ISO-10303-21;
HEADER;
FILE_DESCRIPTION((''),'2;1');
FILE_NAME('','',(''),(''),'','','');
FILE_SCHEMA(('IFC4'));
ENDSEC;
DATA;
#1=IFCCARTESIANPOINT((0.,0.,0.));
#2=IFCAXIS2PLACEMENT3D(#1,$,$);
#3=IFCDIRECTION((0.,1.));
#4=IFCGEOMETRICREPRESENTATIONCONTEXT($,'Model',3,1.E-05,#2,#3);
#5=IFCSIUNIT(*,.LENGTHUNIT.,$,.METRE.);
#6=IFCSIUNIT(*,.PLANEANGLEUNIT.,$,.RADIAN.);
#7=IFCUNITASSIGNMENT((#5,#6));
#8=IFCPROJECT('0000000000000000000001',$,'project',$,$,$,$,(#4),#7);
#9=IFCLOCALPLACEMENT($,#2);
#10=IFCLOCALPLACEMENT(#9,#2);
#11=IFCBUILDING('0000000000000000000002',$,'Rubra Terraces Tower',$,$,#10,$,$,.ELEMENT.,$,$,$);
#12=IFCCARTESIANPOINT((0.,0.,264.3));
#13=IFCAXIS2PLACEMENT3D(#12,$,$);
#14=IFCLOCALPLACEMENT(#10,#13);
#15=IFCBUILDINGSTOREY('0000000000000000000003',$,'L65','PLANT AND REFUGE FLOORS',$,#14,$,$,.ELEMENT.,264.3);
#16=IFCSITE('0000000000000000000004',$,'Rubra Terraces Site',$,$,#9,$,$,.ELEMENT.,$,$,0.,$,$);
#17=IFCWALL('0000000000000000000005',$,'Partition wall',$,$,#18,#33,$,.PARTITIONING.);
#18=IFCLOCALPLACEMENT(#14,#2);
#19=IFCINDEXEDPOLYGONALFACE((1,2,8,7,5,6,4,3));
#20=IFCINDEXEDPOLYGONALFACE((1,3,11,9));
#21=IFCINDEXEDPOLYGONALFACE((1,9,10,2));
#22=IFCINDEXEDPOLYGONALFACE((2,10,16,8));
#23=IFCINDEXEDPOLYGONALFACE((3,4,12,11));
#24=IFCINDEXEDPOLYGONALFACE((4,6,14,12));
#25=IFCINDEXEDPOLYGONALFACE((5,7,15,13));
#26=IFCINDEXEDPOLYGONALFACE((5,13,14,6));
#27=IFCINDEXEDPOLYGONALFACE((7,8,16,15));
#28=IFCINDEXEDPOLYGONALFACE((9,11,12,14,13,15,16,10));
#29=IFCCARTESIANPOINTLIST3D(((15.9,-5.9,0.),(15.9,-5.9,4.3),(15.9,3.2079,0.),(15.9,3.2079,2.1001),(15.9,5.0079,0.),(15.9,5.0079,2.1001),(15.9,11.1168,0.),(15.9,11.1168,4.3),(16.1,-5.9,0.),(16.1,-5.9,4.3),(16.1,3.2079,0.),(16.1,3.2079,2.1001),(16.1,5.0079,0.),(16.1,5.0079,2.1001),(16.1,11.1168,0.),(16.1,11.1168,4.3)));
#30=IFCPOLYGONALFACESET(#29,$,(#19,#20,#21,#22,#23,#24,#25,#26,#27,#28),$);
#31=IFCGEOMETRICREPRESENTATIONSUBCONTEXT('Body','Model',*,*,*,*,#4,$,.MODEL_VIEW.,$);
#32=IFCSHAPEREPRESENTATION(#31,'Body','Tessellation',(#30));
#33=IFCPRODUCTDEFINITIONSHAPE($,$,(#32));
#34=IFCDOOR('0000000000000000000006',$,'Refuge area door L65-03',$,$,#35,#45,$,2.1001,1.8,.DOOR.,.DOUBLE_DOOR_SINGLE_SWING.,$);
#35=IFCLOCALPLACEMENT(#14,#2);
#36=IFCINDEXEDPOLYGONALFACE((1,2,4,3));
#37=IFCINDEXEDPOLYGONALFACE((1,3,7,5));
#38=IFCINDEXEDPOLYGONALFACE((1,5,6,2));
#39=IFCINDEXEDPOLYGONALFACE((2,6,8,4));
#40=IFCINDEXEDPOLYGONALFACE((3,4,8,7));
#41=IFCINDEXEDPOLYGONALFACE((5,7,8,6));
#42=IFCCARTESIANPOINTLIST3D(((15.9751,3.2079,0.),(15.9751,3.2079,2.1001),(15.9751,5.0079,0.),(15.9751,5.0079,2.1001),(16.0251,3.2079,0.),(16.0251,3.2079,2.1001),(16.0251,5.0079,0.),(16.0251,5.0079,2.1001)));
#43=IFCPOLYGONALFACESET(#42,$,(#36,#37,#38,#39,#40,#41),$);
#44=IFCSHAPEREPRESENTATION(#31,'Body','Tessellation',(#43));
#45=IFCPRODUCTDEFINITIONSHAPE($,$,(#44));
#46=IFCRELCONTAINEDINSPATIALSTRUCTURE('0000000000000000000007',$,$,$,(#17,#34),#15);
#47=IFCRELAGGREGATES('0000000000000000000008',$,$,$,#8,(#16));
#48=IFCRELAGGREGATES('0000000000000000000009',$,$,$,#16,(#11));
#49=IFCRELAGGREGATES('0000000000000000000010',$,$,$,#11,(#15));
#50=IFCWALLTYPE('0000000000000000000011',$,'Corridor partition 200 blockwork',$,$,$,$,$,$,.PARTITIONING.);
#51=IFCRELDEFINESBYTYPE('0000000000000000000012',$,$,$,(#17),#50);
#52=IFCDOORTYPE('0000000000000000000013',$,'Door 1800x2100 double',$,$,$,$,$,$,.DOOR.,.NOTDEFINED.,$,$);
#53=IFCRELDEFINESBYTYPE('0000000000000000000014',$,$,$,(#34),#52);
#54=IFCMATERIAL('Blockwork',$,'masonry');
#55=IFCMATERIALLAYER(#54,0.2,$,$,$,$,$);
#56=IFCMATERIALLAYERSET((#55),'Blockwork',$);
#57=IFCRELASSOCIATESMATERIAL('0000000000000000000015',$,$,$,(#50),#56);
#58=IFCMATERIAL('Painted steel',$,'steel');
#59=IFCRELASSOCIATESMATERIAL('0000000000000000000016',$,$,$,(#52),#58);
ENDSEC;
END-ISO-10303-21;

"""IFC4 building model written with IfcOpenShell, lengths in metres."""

from ifc_helpers import new_model, si_unit, direction, frame, frame_2d, origin, place, context, subcontext, project, spatial, rectangle, extrude, material, layer, layer_set, type_object, element, fill, save


model = new_model("IFC4")

# Units and contexts
model_context = context("Model", 3, precision=1e-05, world=origin(), true_north=direction((0.0, 1.0)))
body_context = subcontext(model_context, "Body", "Model", "MODEL_VIEW")
ifc_project = project(units=[si_unit("LENGTHUNIT", "METRE"), si_unit("PLANEANGLEUNIT", "RADIAN")], contexts=[model_context])

# Site, building, storey
site_placement = place(None, origin())
site = spatial("IfcSite", under=ifc_project, at=site_placement, Name="Rubra Terraces Site", CompositionType="ELEMENT", RefElevation=0.0)
building_placement = place(site_placement, origin())
building = spatial("IfcBuilding", under=site, at=building_placement, Name="Rubra Terraces Tower", CompositionType="ELEMENT")
storey_placement = place(building_placement, frame((0.0, 0.0, 264.3)))
storey = spatial("IfcBuildingStorey", under=building, at=storey_placement, Name="L65", Description="PLANT AND REFUGE FLOORS", CompositionType="ELEMENT", Elevation=264.3)

# Shared definitions
ifc_material_1 = material(Name="Blockwork", Category="masonry")
ifc_layer_1 = layer(ifc_material_1, 0.2)
ifc_layer_set_1 = layer_set([ifc_layer_1], Name="Blockwork")
wall_type_1 = type_object("IfcWallType", Name="Corridor partition 200 blockwork", PredefinedType="PARTITIONING", material=ifc_layer_set_1)

# Wall, opening, door
wall_1_placement = place(storey_placement, frame((16.0, -5.8999, 0.0), z_axis=(0.0, 0.0, 1.0), x_axis=(0.0, 1.0, 0.0)))
wall_1 = element("IfcWall", 1, at=wall_1_placement, inside=storey, type_object=wall_type_1, Name="Partition wall", PredefinedType="PARTITIONING", context=body_context, shape_type="SweptSolid", body=[
    extrude(rectangle(XDim=17.0168, YDim=0.2, at=frame_2d((8.5083, 0.0))), origin(), (0.0, 0.0, 1.0), 4.3),
])
opening_1_placement = place(wall_1_placement, frame((9.1079, 0.0, 0.0)))
opening_1 = element("IfcOpeningElement", 2, at=opening_1_placement, cuts=wall_1, PredefinedType="OPENING", context=body_context, shape_type="SweptSolid", body=[
    extrude(rectangle(XDim=1.8, YDim=2.1001, at=frame_2d((0.8999, 1.05))), frame((0.0, 0.1099, 0.0), z_axis=(0.0, -1.0, 0.0), x_axis=(1.0, 0.0, 0.0)), (0.0, 0.0, 1.0), 0.22),
])
ifc_material_2 = material(Name="Painted steel", Category="steel")
door_type = type_object("IfcDoorType", Name="Door 1800x2100 double", OperationType="NOTDEFINED", PredefinedType="DOOR", material=ifc_material_2)
door_placement = place(opening_1_placement, origin())
door = element("IfcDoor", 3, at=door_placement, inside=storey, type_object=door_type, Name="Refuge area door L65-03", OperationType="DOUBLE_DOOR_SINGLE_SWING", OverallHeight=2.1001, OverallWidth=1.8, PredefinedType="DOOR", context=body_context, shape_type="SweptSolid", body=[
    extrude(rectangle(XDim=1.8, YDim=2.1001, at=frame_2d((0.8999, 1.05))), frame((0.0, 0.0249, 0.0), z_axis=(0.0, -1.0, 0.0), x_axis=(1.0, 0.0, 0.0)), (0.0, 0.0, 1.0), 0.05),
])
fill(opening_1, door)

save(model, "model.ifc")
